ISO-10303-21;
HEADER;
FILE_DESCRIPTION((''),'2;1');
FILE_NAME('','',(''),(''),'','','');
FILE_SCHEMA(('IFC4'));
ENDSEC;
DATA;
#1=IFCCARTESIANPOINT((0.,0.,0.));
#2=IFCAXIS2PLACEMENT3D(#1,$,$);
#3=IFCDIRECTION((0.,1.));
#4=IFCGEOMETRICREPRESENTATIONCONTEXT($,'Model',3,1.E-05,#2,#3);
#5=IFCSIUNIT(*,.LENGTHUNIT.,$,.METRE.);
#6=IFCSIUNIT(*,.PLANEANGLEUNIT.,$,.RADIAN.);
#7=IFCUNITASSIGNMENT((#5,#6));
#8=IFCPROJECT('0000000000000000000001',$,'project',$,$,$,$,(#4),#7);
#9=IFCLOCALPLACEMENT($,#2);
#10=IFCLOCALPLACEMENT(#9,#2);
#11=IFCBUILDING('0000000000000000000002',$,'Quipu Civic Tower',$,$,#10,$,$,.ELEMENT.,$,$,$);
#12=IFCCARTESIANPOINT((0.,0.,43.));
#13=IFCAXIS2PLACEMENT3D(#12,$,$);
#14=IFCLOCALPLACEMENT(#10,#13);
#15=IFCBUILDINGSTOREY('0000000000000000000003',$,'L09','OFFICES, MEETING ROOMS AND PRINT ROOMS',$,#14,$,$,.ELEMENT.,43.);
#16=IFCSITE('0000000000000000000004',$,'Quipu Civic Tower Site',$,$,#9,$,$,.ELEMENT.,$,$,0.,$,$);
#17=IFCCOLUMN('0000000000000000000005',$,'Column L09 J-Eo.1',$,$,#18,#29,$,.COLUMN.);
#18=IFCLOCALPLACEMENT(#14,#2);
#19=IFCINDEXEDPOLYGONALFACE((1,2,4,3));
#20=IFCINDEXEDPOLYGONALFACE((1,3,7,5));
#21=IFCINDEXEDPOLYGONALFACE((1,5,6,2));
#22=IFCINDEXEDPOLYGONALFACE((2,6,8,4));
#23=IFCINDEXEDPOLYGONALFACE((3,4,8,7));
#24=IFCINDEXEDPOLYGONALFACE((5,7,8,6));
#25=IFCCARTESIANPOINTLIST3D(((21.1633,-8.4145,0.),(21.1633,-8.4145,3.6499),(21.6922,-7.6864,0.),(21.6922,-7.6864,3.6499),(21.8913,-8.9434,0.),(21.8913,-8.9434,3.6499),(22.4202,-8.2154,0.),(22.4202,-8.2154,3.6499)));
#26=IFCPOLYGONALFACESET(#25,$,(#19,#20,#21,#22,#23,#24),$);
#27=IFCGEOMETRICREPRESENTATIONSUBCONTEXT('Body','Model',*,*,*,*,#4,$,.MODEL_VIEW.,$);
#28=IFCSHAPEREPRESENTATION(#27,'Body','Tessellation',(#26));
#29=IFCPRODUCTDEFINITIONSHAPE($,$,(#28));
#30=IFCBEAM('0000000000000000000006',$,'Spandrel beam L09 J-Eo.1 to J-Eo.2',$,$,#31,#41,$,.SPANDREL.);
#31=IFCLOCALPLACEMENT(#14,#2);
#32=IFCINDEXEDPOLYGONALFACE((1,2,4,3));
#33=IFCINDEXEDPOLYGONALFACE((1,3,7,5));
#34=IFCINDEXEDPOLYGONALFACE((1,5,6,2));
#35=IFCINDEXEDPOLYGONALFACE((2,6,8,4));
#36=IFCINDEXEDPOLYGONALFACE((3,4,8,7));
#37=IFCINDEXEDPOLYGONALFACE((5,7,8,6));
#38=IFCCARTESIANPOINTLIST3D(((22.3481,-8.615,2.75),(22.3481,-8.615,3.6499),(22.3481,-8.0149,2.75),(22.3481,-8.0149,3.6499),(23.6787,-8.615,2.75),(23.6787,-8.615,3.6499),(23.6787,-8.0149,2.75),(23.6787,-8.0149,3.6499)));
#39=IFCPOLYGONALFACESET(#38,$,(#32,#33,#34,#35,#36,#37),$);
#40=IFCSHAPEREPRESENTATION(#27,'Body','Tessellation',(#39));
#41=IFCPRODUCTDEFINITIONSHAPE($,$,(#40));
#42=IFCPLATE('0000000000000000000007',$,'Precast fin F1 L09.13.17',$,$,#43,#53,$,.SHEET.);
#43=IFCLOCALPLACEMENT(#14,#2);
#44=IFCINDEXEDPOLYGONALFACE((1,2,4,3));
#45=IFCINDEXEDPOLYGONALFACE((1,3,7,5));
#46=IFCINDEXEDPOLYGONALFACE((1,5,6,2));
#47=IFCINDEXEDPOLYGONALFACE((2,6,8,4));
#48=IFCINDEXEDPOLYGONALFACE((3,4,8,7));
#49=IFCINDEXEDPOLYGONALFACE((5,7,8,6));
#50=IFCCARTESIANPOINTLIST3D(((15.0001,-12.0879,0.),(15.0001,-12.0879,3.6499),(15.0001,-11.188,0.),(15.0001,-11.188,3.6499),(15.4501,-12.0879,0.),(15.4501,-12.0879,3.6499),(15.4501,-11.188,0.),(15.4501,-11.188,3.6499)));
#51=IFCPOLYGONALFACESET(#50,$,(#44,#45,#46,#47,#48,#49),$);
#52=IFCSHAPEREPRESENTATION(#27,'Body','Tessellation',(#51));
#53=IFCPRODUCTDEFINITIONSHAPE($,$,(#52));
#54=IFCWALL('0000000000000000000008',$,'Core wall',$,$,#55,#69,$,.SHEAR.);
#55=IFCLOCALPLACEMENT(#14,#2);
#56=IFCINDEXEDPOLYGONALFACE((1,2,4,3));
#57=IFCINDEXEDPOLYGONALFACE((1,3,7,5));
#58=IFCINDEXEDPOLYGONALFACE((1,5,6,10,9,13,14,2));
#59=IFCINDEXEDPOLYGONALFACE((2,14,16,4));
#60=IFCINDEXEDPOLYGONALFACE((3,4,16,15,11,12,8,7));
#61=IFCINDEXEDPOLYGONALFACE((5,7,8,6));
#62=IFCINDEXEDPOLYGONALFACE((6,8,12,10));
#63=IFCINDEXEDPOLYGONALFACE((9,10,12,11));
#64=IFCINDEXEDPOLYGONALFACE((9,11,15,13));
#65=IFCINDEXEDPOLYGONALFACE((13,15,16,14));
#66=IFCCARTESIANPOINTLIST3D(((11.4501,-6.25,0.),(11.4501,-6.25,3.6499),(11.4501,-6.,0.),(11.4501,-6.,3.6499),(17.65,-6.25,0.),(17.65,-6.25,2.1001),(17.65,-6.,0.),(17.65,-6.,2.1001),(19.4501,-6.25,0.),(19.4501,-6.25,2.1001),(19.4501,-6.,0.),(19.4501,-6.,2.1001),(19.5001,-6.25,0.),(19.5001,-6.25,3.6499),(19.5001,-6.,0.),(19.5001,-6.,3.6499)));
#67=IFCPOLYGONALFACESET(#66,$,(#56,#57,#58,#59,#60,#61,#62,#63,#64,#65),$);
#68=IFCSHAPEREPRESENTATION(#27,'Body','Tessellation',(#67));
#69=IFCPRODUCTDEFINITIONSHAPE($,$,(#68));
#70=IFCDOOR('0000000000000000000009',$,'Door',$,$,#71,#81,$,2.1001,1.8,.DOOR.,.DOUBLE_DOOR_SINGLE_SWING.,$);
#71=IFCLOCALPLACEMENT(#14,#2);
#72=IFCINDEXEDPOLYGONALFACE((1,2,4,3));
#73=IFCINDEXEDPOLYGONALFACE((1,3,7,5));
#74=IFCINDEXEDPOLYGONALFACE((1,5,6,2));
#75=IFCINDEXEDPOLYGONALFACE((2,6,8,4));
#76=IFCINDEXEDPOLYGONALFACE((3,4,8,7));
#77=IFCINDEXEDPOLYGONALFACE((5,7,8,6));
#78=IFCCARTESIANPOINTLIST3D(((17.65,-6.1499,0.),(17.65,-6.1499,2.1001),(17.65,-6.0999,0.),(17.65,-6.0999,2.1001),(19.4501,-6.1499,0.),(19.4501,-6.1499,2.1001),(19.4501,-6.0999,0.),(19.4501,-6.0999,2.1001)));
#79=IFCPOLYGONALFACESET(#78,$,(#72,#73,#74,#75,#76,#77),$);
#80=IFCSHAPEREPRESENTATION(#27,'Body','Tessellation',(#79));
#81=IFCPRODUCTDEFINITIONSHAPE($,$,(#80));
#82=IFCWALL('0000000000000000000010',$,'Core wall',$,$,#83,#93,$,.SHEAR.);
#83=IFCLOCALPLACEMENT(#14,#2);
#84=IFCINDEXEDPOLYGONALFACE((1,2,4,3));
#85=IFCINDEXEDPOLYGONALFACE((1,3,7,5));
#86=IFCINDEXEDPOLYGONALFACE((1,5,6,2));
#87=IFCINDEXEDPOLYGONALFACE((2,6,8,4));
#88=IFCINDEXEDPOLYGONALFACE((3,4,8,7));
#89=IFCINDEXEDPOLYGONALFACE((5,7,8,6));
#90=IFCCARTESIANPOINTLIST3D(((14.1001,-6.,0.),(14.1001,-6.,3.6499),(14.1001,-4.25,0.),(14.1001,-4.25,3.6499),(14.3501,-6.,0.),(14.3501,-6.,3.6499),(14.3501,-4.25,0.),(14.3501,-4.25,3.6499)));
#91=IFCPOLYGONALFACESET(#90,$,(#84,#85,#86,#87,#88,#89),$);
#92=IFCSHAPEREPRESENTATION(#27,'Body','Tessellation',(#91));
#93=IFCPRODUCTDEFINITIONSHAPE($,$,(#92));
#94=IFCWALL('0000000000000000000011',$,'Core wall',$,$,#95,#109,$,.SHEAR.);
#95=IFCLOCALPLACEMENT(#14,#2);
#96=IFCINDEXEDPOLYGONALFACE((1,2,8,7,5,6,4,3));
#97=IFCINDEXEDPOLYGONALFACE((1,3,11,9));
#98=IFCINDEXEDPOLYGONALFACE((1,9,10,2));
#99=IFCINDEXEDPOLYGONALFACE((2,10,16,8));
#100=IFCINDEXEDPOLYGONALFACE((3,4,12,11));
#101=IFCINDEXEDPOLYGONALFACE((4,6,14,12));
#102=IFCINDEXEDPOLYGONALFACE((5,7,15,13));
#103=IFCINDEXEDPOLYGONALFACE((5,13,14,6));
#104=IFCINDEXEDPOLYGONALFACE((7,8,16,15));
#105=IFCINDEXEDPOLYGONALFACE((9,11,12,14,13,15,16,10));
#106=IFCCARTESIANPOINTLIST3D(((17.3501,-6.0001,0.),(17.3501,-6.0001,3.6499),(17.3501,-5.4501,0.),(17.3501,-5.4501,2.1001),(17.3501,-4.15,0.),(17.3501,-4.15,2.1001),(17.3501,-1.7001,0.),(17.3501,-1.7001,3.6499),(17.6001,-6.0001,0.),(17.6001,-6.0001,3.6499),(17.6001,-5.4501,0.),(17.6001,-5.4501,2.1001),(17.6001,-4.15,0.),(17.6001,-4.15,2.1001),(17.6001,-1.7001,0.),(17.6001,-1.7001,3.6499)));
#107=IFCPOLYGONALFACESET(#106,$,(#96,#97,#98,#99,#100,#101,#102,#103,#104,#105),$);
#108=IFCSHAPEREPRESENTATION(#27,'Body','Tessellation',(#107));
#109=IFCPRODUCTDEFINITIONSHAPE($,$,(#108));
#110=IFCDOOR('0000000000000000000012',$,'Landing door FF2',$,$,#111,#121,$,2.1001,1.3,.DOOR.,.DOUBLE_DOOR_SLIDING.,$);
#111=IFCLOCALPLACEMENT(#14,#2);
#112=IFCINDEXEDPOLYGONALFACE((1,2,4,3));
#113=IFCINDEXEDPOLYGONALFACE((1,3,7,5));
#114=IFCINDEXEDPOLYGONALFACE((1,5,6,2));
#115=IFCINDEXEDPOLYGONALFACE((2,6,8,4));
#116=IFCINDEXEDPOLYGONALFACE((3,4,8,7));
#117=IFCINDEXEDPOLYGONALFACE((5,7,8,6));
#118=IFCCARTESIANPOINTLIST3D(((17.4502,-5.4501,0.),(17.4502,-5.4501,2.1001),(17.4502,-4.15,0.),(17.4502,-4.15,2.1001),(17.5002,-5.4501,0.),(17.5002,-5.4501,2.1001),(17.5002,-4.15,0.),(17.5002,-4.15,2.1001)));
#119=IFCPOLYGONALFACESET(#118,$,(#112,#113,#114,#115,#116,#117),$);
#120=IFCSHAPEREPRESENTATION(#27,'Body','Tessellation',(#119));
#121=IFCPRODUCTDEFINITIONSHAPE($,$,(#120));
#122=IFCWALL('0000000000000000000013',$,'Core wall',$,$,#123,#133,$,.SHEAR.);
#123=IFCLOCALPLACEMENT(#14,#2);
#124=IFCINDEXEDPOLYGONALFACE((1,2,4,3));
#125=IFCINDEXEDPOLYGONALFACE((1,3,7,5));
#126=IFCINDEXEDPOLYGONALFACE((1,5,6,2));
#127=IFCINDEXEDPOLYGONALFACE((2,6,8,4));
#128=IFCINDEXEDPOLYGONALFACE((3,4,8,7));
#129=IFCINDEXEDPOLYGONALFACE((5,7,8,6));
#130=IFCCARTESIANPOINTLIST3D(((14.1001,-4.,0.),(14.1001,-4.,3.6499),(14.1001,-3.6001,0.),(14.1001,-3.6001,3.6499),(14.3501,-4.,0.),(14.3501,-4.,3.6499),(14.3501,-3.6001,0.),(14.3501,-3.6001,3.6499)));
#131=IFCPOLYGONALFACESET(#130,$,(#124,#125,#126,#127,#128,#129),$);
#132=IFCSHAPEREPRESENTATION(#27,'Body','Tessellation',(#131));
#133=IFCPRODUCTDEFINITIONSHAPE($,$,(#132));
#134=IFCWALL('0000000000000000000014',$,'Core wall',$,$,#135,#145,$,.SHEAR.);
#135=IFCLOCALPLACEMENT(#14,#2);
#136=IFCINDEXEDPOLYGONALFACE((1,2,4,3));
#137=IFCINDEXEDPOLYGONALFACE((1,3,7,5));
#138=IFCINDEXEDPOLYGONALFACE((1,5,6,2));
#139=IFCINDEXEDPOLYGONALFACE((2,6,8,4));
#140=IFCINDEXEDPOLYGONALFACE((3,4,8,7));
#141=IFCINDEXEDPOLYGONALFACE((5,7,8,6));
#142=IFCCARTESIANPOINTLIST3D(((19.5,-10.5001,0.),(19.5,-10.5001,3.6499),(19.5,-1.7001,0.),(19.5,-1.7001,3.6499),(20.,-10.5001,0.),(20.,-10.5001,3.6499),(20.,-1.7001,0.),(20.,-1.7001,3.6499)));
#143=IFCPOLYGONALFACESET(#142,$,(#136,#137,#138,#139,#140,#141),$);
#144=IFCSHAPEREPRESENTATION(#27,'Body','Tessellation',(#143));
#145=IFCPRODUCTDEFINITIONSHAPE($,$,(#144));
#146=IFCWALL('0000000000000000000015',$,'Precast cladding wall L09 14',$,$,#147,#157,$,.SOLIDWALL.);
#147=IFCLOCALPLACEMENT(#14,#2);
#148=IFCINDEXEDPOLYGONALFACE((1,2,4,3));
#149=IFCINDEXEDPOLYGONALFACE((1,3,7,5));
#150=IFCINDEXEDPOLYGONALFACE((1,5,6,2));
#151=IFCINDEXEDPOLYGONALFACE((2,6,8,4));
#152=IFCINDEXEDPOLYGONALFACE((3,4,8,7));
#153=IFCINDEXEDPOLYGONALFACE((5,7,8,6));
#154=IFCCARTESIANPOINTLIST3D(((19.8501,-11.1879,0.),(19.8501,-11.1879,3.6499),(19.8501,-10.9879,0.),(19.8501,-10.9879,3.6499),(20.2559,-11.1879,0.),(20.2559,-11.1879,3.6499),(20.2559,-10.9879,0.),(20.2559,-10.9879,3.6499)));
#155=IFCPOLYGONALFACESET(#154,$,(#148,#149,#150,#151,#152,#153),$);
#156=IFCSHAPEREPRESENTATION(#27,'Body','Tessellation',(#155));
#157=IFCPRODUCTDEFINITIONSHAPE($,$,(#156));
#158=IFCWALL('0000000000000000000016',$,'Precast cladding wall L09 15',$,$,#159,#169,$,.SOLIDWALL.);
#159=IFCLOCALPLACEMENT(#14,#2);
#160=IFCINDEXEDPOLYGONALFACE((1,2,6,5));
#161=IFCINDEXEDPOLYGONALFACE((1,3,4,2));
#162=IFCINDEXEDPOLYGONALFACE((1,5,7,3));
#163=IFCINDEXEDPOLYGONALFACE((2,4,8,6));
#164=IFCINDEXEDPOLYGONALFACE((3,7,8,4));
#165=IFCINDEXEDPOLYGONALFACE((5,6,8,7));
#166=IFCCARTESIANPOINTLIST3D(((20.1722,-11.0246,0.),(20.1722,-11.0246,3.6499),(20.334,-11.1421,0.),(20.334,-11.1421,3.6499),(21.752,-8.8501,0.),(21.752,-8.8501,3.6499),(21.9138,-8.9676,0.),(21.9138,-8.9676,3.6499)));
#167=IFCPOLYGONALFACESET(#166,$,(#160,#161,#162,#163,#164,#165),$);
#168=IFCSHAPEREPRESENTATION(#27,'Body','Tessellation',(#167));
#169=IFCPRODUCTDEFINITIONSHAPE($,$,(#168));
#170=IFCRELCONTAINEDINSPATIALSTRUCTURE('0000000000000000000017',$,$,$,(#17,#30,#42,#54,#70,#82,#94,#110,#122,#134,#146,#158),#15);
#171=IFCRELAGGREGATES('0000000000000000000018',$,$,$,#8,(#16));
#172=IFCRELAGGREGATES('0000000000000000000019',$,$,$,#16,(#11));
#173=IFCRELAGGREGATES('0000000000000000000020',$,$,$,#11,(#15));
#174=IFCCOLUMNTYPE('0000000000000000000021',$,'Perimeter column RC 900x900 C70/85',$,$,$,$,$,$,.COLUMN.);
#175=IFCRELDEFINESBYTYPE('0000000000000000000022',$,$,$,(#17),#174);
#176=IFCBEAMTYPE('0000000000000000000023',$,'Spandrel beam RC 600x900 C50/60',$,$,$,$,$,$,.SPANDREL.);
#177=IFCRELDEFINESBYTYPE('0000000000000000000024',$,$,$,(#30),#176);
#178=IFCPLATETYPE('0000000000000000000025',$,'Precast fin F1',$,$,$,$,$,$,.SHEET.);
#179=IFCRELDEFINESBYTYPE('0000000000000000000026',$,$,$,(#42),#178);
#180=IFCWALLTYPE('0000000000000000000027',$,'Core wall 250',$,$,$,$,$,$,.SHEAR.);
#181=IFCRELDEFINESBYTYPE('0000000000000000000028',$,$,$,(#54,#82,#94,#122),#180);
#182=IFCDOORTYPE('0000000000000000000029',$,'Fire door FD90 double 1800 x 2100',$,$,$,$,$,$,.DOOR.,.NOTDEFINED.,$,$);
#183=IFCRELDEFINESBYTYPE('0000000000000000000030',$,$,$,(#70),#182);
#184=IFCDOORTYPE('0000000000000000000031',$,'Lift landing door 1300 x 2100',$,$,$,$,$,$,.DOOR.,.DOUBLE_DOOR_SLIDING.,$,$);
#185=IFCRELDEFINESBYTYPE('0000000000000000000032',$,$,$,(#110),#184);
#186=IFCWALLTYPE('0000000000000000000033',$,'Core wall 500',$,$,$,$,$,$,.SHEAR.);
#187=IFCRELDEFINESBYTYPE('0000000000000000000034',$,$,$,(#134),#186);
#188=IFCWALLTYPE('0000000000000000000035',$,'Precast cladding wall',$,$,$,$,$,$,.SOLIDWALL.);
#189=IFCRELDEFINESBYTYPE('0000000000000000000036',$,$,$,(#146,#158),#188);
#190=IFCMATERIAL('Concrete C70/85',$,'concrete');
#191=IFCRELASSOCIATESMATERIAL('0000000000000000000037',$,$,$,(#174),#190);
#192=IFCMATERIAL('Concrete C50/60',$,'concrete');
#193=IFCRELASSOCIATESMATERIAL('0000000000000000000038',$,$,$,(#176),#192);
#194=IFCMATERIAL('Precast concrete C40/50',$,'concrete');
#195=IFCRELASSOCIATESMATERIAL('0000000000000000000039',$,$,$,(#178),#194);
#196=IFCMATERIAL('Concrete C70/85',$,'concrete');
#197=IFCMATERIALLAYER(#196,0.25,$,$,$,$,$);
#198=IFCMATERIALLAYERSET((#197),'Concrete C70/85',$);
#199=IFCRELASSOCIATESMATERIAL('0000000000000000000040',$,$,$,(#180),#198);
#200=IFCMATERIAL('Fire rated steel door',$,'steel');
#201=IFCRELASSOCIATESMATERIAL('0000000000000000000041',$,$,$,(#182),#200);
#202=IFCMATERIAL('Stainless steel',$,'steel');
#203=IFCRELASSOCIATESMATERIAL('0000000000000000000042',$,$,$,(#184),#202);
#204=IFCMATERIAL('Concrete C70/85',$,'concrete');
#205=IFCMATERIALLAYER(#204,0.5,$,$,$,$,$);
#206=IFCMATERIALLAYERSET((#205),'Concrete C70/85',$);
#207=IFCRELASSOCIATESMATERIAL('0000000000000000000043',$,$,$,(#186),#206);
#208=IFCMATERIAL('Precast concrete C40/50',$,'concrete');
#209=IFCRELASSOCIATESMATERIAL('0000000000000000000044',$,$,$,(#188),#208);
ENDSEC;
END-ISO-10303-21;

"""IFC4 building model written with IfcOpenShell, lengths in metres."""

from ifc_helpers import new_model, si_unit, direction, frame, frame_2d, origin, origin_2d, place, context, subcontext, project, spatial, rectangle, extrude, material, layer, layer_set, material_profile, profile_set, type_object, element, fill, save


model = new_model("IFC4")

# Units and contexts
model_context = context("Model", 3, precision=1e-05, world=origin(), true_north=direction((0.0, 1.0)))
body_context = subcontext(model_context, "Body", "Model", "MODEL_VIEW")
ifc_project = project(units=[si_unit("LENGTHUNIT", "METRE"), si_unit("PLANEANGLEUNIT", "RADIAN")], contexts=[model_context])

# Site, building, storey
site_placement = place(None, origin())
site = spatial("IfcSite", under=ifc_project, at=site_placement, Name="Quipu Civic Tower Site", CompositionType="ELEMENT", RefElevation=0.0)
building_placement = place(site_placement, origin())
building = spatial("IfcBuilding", under=site, at=building_placement, Name="Quipu Civic Tower", CompositionType="ELEMENT")
storey_placement = place(building_placement, frame((0.0, 0.0, 43.0)))
storey = spatial("IfcBuildingStorey", under=building, at=storey_placement, Name="L09", Description="OFFICES, MEETING ROOMS AND PRINT ROOMS", CompositionType="ELEMENT", Elevation=43.0)

# Column
ifc_material_1 = material(Name="Concrete C70/85", Category="concrete")
ifc_material_profile_1 = material_profile(ifc_material_1, rectangle(XDim=0.8999, YDim=0.8999, at=origin_2d()), Name="RC900x900")
ifc_profile_set_1 = profile_set([ifc_material_profile_1], Name="Concrete C70/85")
column_type = type_object("IfcColumnType", Name="Perimeter column RC 900x900 C70/85", PredefinedType="COLUMN", material=ifc_profile_set_1)
column_placement = place(storey_placement, frame((21.7917, -8.3149, 0.0), z_axis=(0.0, 0.0, 1.0), x_axis=(0.587785, 0.809017, 0.0)))
element("IfcColumn", 1, at=column_placement, inside=storey, type_object=column_type, Name="Column L09 J-Eo.1", PredefinedType="COLUMN", context=body_context, shape_type="SweptSolid", body=[
    extrude(rectangle(XDim=0.8999, YDim=0.8999, at=origin_2d()), origin(), (0.0, 0.0, 1.0), 3.6499),
])

# Beam
ifc_material_2 = material(Name="Concrete C50/60", Category="concrete")
ifc_material_profile_2 = material_profile(ifc_material_2, rectangle(XDim=0.6001, YDim=0.8999, at=origin_2d()), Name="RC600x900")
ifc_profile_set_2 = profile_set([ifc_material_profile_2], Name="Concrete C50/60")
beam_type = type_object("IfcBeamType", Name="Spandrel beam RC 600x900 C50/60", PredefinedType="SPANDREL", material=ifc_profile_set_2)
beam_placement = place(storey_placement, frame((22.3481, -8.3149, 3.2), z_axis=(1.0, 0.0, 0.0), x_axis=(0.0, 1.0, 0.0)))
element("IfcBeam", 2, at=beam_placement, inside=storey, type_object=beam_type, Name="Spandrel beam L09 J-Eo.1 to J-Eo.2", PredefinedType="SPANDREL", context=body_context, shape_type="SweptSolid", body=[
    extrude(rectangle(XDim=0.6001, YDim=0.8999, at=origin_2d()), origin(), (0.0, 0.0, 1.0), 1.3306),
])

# Plate
ifc_material_3 = material(Name="Precast concrete C40/50", Category="concrete")
plate_type = type_object("IfcPlateType", Name="Precast fin F1", PredefinedType="SHEET", material=ifc_material_3)
plate_placement = place(storey_placement, frame((15.2251, -11.6379, 0.0), z_axis=(0.0, 0.0, 1.0), x_axis=(1.0, 0.0, 0.0)))
element("IfcPlate", 3, at=plate_placement, inside=storey, type_object=plate_type, Name="Precast fin F1 L09.13.17", PredefinedType="SHEET", context=body_context, shape_type="SweptSolid", body=[
    extrude(rectangle(XDim=0.45, YDim=0.8999, at=origin_2d()), origin(), (0.0, 0.0, 1.0), 3.6499),
])

# Wall, opening, door
ifc_material_4 = material(Name="Concrete C70/85", Category="concrete")
ifc_layer_1 = layer(ifc_material_4, 0.25)
ifc_layer_set_1 = layer_set([ifc_layer_1], Name="Concrete C70/85")
wall_type_1 = type_object("IfcWallType", Name="Core wall 250", PredefinedType="SHEAR", material=ifc_layer_set_1)
wall_1_placement = place(storey_placement, frame((19.5, -6.125, 0.0), z_axis=(0.0, 0.0, 1.0), x_axis=(-1.0, 0.0, 0.0)))
wall_1 = element("IfcWall", 4, at=wall_1_placement, inside=storey, type_object=wall_type_1, Name="Core wall", PredefinedType="SHEAR", context=body_context, shape_type="SweptSolid", body=[
    extrude(rectangle(XDim=8.05, YDim=0.25, at=frame_2d((4.0249, 0.0))), origin(), (0.0, 0.0, 1.0), 3.6499),
])
opening_1_placement = place(wall_1_placement, frame((0.05, 0.0, 0.0)))
opening_1 = element("IfcOpeningElement", 5, at=opening_1_placement, cuts=wall_1, PredefinedType="OPENING", context=body_context, shape_type="SweptSolid", body=[
    extrude(rectangle(XDim=1.8, YDim=2.1001, at=frame_2d((0.8999, 1.05))), frame((0.0, 0.135, 0.0), z_axis=(0.0, -1.0, 0.0), x_axis=(1.0, 0.0, 0.0)), (0.0, 0.0, 1.0), 0.27),
])
ifc_material_5 = material(Name="Fire rated steel door", Category="steel")
door_type_1 = type_object("IfcDoorType", Name="Fire door FD90 double 1800 x 2100", OperationType="NOTDEFINED", PredefinedType="DOOR", material=ifc_material_5)
door_1_placement = place(opening_1_placement, origin())
door_1 = element("IfcDoor", 6, at=door_1_placement, inside=storey, type_object=door_type_1, Name="Door", OperationType="DOUBLE_DOOR_SINGLE_SWING", OverallHeight=2.1001, OverallWidth=1.8, PredefinedType="DOOR", context=body_context, shape_type="SweptSolid", body=[
    extrude(rectangle(XDim=1.8, YDim=2.1001, at=frame_2d((0.8999, 1.05))), frame((0.0, 0.0249, 0.0), z_axis=(0.0, -1.0, 0.0), x_axis=(1.0, 0.0, 0.0)), (0.0, 0.0, 1.0), 0.05),
])
fill(opening_1, door_1)

# Wall
wall_2_placement = place(storey_placement, frame((14.2251, -6.0, 0.0), z_axis=(0.0, 0.0, 1.0), x_axis=(0.0, 1.0, 0.0)))
element("IfcWall", 7, at=wall_2_placement, inside=storey, type_object=wall_type_1, Name="Core wall", PredefinedType="SHEAR", context=body_context, shape_type="SweptSolid", body=[
    extrude(rectangle(XDim=1.75, YDim=0.25, at=frame_2d((0.875, 0.0))), origin(), (0.0, 0.0, 1.0), 3.6499),
])

# Wall, opening, door
wall_3_placement = place(storey_placement, frame((17.4751, -6.0, 0.0), z_axis=(0.0, 0.0, 1.0), x_axis=(0.0, 1.0, 0.0)))
wall_3 = element("IfcWall", 8, at=wall_3_placement, inside=storey, type_object=wall_type_1, Name="Core wall", PredefinedType="SHEAR", context=body_context, shape_type="SweptSolid", body=[
    extrude(rectangle(XDim=4.3, YDim=0.25, at=frame_2d((2.1499, 0.0))), origin(), (0.0, 0.0, 1.0), 3.6499),
])
opening_2_placement = place(wall_3_placement, frame((0.55, 0.0, 0.0)))
opening_2 = element("IfcOpeningElement", 9, at=opening_2_placement, cuts=wall_3, PredefinedType="OPENING", context=body_context, shape_type="SweptSolid", body=[
    extrude(rectangle(XDim=1.3, YDim=2.1001, at=frame_2d((0.6499, 1.05))), frame((0.0, 0.135, 0.0), z_axis=(0.0, -1.0, 0.0), x_axis=(1.0, 0.0, 0.0)), (0.0, 0.0, 1.0), 0.27),
])
ifc_material_6 = material(Name="Stainless steel", Category="steel")
door_type_2 = type_object("IfcDoorType", Name="Lift landing door 1300 x 2100", OperationType="DOUBLE_DOOR_SLIDING", PredefinedType="DOOR", material=ifc_material_6)
door_2_placement = place(opening_2_placement, origin())
door_2 = element("IfcDoor", 10, at=door_2_placement, inside=storey, type_object=door_type_2, Name="Landing door FF2", OperationType="DOUBLE_DOOR_SLIDING", OverallHeight=2.1001, OverallWidth=1.3, PredefinedType="DOOR", context=body_context, shape_type="SweptSolid", body=[
    extrude(rectangle(XDim=1.3, YDim=2.1001, at=frame_2d((0.6499, 1.05))), frame((0.0, 0.0249, 0.0), z_axis=(0.0, -1.0, 0.0), x_axis=(1.0, 0.0, 0.0)), (0.0, 0.0, 1.0), 0.05),
])
fill(opening_2, door_2)

# Walls
wall_4_placement = place(storey_placement, frame((14.2251, -4.0, 0.0), z_axis=(0.0, 0.0, 1.0), x_axis=(0.0, 1.0, 0.0)))
element("IfcWall", 11, at=wall_4_placement, inside=storey, type_object=wall_type_1, Name="Core wall", PredefinedType="SHEAR", context=body_context, shape_type="SweptSolid", body=[
    extrude(rectangle(XDim=0.3999, YDim=0.25, at=frame_2d((0.2, 0.0))), origin(), (0.0, 0.0, 1.0), 3.6499),
])
ifc_material_7 = material(Name="Concrete C70/85", Category="concrete")
ifc_layer_2 = layer(ifc_material_7, 0.5)
ifc_layer_set_2 = layer_set([ifc_layer_2], Name="Concrete C70/85")
wall_type_2 = type_object("IfcWallType", Name="Core wall 500", PredefinedType="SHEAR", material=ifc_layer_set_2)
wall_5_placement = place(storey_placement, frame((19.75, -10.5, 0.0), z_axis=(0.0, 0.0, 1.0), x_axis=(0.0, 1.0, 0.0)))
element("IfcWall", 12, at=wall_5_placement, inside=storey, type_object=wall_type_2, Name="Core wall", PredefinedType="SHEAR", context=body_context, shape_type="SweptSolid", body=[
    extrude(rectangle(XDim=8.8, YDim=0.5, at=frame_2d((4.3999, 0.0))), origin(), (0.0, 0.0, 1.0), 3.6499),
])
ifc_material_8 = material(Name="Precast concrete C40/50", Category="concrete")
wall_type_3 = type_object("IfcWallType", Name="Precast cladding wall", PredefinedType="SOLIDWALL", material=ifc_material_8)
wall_6_placement = place(storey_placement, frame((19.8501, -11.0879, 0.0), z_axis=(0.0, 0.0, 1.0), x_axis=(1.0, 0.0, 0.0)))
element("IfcWall", 13, at=wall_6_placement, inside=storey, type_object=wall_type_3, Name="Precast cladding wall L09 14", PredefinedType="SOLIDWALL", context=body_context, shape_type="SweptSolid", body=[
    extrude(rectangle(XDim=0.4058, YDim=0.2, at=frame_2d((0.2029, 0.0))), origin(), (0.0, 0.0, 1.0), 3.6499),
])
wall_7_placement = place(storey_placement, frame((20.2532, -11.0833, 0.0), z_axis=(0.0, 0.0, 1.0), x_axis=(0.587767, 0.809031, 0.0)))
element("IfcWall", 14, at=wall_7_placement, inside=storey, type_object=wall_type_3, Name="Precast cladding wall L09 15", PredefinedType="SOLIDWALL", context=body_context, shape_type="SweptSolid", body=[
    extrude(rectangle(XDim=2.6877, YDim=0.2, at=frame_2d((1.3438, 0.0))), origin(), (0.0, 0.0, 1.0), 3.6499),
])

save(model, "model.ifc")
